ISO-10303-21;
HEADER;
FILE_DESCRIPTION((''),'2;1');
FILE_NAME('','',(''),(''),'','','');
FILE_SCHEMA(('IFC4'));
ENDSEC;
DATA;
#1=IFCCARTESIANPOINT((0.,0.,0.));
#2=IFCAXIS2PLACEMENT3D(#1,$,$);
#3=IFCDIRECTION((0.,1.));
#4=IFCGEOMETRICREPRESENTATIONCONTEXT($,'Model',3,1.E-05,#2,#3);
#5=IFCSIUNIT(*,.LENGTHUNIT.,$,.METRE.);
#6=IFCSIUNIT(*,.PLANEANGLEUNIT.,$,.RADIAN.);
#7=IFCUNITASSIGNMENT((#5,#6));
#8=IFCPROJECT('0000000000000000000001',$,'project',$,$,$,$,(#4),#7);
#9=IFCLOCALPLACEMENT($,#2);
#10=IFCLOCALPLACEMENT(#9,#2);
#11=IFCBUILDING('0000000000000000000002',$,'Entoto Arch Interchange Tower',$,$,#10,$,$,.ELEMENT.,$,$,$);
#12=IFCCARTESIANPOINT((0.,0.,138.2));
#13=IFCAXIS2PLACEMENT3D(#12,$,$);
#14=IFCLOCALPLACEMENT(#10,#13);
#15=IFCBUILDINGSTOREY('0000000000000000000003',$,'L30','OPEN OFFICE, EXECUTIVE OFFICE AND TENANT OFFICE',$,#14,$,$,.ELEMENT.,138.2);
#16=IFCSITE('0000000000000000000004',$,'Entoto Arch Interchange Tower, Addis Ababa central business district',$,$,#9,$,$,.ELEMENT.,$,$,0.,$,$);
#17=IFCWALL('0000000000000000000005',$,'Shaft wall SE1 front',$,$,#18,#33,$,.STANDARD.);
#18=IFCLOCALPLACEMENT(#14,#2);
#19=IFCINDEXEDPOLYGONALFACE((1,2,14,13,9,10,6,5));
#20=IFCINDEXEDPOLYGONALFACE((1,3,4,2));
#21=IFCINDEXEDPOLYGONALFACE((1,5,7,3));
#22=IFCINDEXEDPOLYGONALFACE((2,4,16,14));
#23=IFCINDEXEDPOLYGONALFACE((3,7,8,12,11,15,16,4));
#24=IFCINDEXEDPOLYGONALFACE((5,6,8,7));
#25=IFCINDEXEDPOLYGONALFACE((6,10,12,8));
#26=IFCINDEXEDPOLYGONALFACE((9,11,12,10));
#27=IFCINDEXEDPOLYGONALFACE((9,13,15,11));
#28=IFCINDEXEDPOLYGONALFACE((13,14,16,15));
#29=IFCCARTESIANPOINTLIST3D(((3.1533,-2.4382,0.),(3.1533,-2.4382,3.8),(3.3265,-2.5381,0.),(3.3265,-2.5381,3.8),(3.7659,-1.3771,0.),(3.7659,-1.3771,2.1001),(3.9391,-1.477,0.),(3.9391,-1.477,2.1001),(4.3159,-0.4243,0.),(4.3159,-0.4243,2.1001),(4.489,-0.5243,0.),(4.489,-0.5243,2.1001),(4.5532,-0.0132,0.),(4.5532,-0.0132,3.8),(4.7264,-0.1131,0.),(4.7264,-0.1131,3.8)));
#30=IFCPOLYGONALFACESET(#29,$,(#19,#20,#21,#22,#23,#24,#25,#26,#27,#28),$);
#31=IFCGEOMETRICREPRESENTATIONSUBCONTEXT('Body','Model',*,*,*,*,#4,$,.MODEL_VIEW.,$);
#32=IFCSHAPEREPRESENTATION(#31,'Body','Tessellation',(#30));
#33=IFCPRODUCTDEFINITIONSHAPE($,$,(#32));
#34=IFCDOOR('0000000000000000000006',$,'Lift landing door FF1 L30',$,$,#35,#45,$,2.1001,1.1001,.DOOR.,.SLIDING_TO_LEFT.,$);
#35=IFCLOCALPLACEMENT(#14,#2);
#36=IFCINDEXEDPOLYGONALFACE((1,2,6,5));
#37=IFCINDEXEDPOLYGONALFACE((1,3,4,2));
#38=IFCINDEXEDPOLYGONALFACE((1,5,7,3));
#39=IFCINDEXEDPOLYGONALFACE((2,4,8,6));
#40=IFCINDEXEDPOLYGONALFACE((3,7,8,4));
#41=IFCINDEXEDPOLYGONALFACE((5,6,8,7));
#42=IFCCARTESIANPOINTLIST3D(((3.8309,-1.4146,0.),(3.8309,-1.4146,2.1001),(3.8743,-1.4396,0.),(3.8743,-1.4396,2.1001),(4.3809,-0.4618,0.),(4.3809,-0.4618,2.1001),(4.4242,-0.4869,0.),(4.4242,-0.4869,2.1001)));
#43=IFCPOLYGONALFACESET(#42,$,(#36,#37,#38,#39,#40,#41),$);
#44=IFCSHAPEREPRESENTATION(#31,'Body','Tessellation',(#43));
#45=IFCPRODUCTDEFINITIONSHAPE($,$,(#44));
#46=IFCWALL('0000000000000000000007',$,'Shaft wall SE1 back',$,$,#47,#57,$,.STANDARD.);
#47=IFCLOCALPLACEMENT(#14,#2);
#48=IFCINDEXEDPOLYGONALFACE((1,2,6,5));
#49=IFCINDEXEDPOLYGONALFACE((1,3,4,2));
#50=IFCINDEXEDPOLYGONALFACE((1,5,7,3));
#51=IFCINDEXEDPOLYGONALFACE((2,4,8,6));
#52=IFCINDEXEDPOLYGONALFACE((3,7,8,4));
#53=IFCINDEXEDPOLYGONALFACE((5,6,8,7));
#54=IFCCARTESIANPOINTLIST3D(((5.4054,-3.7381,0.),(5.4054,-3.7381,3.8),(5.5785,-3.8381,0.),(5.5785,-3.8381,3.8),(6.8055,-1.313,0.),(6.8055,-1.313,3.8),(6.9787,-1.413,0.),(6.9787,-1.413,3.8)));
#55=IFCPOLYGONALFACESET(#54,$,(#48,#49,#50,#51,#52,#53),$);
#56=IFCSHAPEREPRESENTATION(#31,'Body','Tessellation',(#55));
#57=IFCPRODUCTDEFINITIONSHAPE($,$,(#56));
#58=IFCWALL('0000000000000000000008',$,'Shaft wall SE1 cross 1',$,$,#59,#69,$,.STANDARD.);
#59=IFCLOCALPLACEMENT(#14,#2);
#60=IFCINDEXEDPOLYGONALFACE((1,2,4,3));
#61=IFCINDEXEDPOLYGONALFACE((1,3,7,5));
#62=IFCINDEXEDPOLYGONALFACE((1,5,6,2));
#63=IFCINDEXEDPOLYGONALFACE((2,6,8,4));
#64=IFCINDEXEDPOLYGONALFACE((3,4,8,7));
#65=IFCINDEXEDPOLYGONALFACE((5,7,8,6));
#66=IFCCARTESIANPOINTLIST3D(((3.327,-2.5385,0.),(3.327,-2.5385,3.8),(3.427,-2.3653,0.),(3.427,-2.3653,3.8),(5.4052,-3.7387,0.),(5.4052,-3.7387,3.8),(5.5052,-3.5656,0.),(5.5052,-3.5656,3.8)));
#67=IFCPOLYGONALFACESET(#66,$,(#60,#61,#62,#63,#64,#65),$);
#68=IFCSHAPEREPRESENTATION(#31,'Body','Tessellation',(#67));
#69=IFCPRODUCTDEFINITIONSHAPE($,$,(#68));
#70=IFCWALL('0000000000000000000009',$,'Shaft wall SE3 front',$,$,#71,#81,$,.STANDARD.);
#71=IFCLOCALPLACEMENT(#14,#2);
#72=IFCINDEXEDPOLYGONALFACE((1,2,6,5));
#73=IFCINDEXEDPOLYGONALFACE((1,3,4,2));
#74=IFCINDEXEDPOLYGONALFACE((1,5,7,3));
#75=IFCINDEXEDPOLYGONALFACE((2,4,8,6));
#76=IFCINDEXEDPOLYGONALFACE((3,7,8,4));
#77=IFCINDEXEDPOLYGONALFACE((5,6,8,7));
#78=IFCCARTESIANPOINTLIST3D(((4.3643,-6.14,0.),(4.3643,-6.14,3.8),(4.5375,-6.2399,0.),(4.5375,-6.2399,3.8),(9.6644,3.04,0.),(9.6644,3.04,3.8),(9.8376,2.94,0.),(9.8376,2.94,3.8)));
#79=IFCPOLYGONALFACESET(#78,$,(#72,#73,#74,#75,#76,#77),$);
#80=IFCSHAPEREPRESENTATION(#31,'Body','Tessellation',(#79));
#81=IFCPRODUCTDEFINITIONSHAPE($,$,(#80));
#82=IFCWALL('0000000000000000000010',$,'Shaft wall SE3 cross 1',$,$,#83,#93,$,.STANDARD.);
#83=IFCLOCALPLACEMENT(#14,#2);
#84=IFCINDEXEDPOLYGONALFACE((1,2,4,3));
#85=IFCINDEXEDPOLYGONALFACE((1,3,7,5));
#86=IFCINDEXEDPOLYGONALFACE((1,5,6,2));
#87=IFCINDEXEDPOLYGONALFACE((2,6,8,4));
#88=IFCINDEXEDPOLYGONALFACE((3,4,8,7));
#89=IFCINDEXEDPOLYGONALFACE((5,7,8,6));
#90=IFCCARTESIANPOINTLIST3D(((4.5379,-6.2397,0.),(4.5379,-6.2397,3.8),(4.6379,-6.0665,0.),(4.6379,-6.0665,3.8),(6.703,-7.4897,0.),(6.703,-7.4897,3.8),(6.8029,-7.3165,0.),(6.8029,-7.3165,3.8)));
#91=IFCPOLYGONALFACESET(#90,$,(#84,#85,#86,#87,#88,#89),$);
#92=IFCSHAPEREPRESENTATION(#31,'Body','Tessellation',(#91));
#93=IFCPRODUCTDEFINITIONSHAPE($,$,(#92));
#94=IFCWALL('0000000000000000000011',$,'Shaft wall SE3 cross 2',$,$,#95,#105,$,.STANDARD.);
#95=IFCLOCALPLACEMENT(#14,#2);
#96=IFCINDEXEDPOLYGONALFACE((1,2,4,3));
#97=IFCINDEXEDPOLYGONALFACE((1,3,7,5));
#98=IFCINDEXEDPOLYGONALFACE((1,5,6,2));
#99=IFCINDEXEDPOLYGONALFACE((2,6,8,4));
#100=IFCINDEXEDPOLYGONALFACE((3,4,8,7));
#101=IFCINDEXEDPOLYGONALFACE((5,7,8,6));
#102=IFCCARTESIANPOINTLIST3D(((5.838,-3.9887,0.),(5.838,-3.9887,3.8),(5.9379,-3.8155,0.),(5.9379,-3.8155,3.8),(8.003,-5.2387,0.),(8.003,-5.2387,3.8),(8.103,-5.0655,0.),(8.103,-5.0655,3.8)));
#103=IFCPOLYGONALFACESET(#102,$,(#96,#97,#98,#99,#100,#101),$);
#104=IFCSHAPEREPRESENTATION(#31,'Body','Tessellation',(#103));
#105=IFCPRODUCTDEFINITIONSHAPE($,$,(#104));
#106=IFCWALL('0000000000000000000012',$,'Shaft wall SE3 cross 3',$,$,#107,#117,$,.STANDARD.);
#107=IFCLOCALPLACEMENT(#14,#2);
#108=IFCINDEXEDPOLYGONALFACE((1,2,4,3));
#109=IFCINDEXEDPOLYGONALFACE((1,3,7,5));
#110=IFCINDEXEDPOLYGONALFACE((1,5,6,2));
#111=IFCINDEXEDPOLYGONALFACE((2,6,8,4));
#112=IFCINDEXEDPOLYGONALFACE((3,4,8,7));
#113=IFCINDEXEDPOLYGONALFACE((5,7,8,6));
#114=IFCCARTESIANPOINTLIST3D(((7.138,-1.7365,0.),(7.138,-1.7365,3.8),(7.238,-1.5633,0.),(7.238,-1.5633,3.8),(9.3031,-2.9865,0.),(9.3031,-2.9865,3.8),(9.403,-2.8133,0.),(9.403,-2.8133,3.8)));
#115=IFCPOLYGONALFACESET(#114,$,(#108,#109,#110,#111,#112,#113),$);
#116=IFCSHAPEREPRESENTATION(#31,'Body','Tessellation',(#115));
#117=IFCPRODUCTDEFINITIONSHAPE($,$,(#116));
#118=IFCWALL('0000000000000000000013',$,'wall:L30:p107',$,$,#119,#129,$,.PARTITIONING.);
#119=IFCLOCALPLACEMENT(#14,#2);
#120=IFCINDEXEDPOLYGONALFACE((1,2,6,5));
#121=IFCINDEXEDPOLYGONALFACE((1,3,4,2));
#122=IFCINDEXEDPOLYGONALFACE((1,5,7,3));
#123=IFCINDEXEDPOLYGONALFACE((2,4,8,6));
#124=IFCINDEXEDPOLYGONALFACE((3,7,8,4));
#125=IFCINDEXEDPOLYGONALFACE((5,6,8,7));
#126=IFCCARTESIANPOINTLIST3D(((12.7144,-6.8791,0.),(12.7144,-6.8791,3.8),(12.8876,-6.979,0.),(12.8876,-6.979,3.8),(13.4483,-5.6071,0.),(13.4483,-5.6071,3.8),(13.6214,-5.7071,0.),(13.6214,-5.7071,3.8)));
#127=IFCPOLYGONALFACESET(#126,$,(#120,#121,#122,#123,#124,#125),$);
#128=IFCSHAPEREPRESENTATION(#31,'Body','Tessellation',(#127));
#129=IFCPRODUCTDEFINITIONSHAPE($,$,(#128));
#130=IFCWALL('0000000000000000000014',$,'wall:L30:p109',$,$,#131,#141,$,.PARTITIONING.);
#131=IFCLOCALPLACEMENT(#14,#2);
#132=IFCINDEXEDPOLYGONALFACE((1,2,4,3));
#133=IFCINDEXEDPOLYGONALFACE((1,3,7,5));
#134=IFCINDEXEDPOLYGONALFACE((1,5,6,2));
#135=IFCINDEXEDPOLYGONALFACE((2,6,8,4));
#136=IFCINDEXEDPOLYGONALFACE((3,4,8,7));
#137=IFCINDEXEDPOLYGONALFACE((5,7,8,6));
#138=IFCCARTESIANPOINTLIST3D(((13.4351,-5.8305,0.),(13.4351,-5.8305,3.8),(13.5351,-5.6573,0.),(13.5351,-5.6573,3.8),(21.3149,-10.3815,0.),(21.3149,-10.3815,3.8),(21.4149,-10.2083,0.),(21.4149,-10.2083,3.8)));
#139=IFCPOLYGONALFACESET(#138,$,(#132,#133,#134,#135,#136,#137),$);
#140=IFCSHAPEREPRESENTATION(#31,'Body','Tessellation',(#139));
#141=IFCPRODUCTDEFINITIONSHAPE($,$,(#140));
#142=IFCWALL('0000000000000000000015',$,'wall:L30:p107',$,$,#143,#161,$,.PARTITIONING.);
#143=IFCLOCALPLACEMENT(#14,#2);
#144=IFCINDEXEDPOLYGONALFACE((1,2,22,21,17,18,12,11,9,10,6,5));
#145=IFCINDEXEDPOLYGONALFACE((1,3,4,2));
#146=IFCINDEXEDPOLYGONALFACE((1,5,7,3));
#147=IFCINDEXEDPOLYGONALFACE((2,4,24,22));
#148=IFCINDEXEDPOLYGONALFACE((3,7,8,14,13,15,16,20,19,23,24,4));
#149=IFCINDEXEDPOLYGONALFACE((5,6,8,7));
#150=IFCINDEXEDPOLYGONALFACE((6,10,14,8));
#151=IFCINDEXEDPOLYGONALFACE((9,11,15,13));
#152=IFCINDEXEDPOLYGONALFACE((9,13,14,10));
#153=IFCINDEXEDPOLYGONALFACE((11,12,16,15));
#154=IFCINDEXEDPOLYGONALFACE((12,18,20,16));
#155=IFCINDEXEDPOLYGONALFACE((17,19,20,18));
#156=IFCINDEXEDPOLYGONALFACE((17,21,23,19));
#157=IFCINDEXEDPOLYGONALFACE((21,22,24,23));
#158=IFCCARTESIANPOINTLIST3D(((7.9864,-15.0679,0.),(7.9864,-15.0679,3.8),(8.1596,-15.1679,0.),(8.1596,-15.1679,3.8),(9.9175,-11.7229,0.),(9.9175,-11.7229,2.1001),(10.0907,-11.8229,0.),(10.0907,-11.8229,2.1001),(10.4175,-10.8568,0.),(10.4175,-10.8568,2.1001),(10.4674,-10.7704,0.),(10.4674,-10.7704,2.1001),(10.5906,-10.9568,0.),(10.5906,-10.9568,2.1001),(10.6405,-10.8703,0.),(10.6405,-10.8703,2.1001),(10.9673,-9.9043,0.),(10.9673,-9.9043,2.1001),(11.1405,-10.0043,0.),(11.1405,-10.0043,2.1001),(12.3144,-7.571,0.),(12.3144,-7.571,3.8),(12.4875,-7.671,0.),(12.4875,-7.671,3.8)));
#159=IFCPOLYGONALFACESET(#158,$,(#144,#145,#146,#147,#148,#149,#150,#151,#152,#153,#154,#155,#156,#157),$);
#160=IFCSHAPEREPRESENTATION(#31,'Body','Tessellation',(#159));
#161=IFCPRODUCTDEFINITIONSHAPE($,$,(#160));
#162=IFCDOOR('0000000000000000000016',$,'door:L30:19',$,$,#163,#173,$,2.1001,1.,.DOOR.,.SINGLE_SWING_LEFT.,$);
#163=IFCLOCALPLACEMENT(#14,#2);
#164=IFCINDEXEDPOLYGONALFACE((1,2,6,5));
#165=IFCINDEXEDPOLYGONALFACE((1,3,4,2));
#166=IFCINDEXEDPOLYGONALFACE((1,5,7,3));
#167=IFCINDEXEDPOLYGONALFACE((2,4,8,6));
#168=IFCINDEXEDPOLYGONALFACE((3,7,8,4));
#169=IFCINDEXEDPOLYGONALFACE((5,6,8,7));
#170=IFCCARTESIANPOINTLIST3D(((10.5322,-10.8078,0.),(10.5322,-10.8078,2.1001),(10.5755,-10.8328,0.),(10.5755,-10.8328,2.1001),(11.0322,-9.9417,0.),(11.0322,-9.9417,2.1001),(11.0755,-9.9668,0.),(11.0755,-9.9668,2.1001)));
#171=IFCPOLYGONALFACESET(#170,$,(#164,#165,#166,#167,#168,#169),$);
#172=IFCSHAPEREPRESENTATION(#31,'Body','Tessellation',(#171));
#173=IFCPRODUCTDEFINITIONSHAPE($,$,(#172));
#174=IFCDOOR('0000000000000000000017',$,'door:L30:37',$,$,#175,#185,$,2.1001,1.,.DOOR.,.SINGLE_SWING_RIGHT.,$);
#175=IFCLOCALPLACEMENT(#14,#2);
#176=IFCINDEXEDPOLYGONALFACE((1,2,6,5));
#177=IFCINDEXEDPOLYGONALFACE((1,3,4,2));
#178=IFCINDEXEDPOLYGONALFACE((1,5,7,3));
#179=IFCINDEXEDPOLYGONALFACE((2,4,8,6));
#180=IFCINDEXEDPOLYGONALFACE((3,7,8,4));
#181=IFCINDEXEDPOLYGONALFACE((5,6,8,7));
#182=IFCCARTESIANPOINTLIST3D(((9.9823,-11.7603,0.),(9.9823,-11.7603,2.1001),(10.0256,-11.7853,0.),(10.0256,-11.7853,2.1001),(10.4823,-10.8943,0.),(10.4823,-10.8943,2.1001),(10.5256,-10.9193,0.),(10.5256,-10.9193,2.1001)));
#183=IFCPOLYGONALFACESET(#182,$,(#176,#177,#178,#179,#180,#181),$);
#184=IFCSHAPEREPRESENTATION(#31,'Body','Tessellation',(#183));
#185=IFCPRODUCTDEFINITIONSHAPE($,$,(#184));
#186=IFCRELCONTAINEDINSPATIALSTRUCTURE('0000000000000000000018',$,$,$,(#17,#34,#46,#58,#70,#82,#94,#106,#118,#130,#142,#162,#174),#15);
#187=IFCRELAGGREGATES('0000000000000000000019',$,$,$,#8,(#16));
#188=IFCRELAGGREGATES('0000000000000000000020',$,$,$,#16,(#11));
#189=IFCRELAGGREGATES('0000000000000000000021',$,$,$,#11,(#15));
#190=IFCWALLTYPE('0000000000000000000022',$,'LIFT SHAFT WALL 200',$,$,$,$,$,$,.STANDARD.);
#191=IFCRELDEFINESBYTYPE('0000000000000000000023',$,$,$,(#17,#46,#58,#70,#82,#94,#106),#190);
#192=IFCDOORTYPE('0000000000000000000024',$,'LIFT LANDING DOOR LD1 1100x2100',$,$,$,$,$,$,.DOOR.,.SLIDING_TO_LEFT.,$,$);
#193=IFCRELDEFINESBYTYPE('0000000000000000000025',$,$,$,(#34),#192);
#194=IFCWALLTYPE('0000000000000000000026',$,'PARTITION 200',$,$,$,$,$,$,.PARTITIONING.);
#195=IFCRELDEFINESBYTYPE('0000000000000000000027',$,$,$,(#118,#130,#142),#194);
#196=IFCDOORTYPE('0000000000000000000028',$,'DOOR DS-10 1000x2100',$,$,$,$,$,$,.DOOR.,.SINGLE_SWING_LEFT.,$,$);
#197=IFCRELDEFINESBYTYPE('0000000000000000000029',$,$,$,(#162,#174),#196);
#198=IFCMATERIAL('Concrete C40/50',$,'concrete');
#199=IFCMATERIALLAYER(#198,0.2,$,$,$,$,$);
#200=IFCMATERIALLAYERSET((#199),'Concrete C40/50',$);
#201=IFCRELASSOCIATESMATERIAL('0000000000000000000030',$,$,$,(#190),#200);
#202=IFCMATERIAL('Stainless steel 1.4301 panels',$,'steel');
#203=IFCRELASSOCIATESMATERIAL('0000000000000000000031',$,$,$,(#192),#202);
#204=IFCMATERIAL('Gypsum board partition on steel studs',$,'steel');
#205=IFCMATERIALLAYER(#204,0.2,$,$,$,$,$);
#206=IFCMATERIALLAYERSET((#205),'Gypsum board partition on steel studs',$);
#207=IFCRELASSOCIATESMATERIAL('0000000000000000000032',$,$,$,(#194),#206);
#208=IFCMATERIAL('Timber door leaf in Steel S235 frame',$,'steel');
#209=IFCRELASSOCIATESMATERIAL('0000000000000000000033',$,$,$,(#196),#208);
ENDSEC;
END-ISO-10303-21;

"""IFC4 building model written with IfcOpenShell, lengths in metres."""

from ifc_helpers import new_model, si_unit, direction, frame, frame_2d, origin, place, context, subcontext, project, spatial, rectangle, extrude, material, layer, layer_set, type_object, element, fill, save


model = new_model("IFC4")

# Units and contexts
model_context = context("Model", 3, precision=1e-05, world=origin(), true_north=direction((0.0, 1.0)))
body_context = subcontext(model_context, "Body", "Model", "MODEL_VIEW")
ifc_project = project(units=[si_unit("LENGTHUNIT", "METRE"), si_unit("PLANEANGLEUNIT", "RADIAN")], contexts=[model_context])

# Site, building, storey
site_placement = place(None, origin())
site = spatial("IfcSite", under=ifc_project, at=site_placement, Name="Entoto Arch Interchange Tower, Addis Ababa central business district", CompositionType="ELEMENT", RefElevation=0.0)
building_placement = place(site_placement, origin())
building = spatial("IfcBuilding", under=site, at=building_placement, Name="Entoto Arch Interchange Tower", CompositionType="ELEMENT")
storey_placement = place(building_placement, frame((0.0, 0.0, 138.2)))
storey = spatial("IfcBuildingStorey", under=building, at=storey_placement, Name="L30", Description="OPEN OFFICE, EXECUTIVE OFFICE AND TENANT OFFICE", CompositionType="ELEMENT", Elevation=138.2)

# Wall, opening, door
ifc_material_1 = material(Name="Concrete C40/50", Category="concrete")
ifc_material_2 = material(Name="Stainless steel 1.4301 panels", Category="steel")
ifc_layer_1 = layer(ifc_material_1, 0.2)
ifc_layer_set_1 = layer_set([ifc_layer_1], Name="Concrete C40/50")
wall_type_1 = type_object("IfcWallType", Name="LIFT SHAFT WALL 200", PredefinedType="STANDARD", material=ifc_layer_set_1)
wall_1_placement = place(storey_placement, frame((3.24, -2.488, 0.0), z_axis=(0.0, 0.0, 1.0), x_axis=(0.499946, 0.866056, 0.0)))
wall_1 = element("IfcWall", 1, at=wall_1_placement, inside=storey, type_object=wall_type_1, Name="Shaft wall SE1 front", PredefinedType="STANDARD", context=body_context, shape_type="SweptSolid", body=[
    extrude(rectangle(XDim=2.8, YDim=0.2, at=frame_2d((1.3999, 0.0))), origin(), (0.0, 0.0, 1.0), 3.8),
])
opening_1_placement = place(wall_1_placement, frame((1.2251, 0.0, 0.0)))
opening_1 = element("IfcOpeningElement", 2, at=opening_1_placement, cuts=wall_1, PredefinedType="OPENING", context=body_context, shape_type="SweptSolid", body=[
    extrude(rectangle(XDim=1.1001, YDim=2.1001, at=frame_2d((0.55, 1.05))), frame((0.0, 0.1099, 0.0), z_axis=(0.0, -1.0, 0.0), x_axis=(1.0, 0.0, 0.0)), (0.0, 0.0, 1.0), 0.22),
])
door_type_1 = type_object("IfcDoorType", Name="LIFT LANDING DOOR LD1 1100x2100", OperationType="SLIDING_TO_LEFT", PredefinedType="DOOR", material=ifc_material_2)
door_1_placement = place(opening_1_placement, origin())
door_1 = element("IfcDoor", 3, at=door_1_placement, inside=storey, type_object=door_type_1, Name="Lift landing door FF1 L30", OperationType="SLIDING_TO_LEFT", OverallHeight=2.1001, OverallWidth=1.1001, PredefinedType="DOOR", context=body_context, shape_type="SweptSolid", body=[
    extrude(rectangle(XDim=1.1001, YDim=2.1001, at=frame_2d((0.55, 1.05))), frame((0.0, 0.0249, 0.0), z_axis=(0.0, -1.0, 0.0), x_axis=(1.0, 0.0, 0.0)), (0.0, 0.0, 1.0), 0.05),
])
fill(opening_1, door_1)

# Walls
wall_2_placement = place(storey_placement, frame((5.4919, -3.7881, 0.0), z_axis=(0.0, 0.0, 1.0), x_axis=(0.500012, 0.866019, 0.0)))
element("IfcWall", 4, at=wall_2_placement, inside=storey, type_object=wall_type_1, Name="Shaft wall SE1 back", PredefinedType="STANDARD", context=body_context, shape_type="SweptSolid", body=[
    extrude(rectangle(XDim=2.8003, YDim=0.2, at=frame_2d((1.4001, 0.0))), origin(), (0.0, 0.0, 1.0), 3.8),
])
wall_3_placement = place(storey_placement, frame((3.377, -2.4519, 0.0), z_axis=(0.0, 0.0, 1.0), x_axis=(0.865955, -0.500122, 0.0)))
element("IfcWall", 5, at=wall_3_placement, inside=storey, type_object=wall_type_1, Name="Shaft wall SE1 cross 1", PredefinedType="STANDARD", context=body_context, shape_type="SweptSolid", body=[
    extrude(rectangle(XDim=2.3999, YDim=0.2, at=frame_2d((1.2, 0.0))), origin(), (0.0, 0.0, 1.0), 3.8),
])
wall_4_placement = place(storey_placement, frame((4.4509, -6.1899, 0.0), z_axis=(0.0, 0.0, 1.0), x_axis=(0.500001, 0.866025, 0.0)))
element("IfcWall", 6, at=wall_4_placement, inside=storey, type_object=wall_type_1, Name="Shaft wall SE3 front", PredefinedType="STANDARD", context=body_context, shape_type="SweptSolid", body=[
    extrude(rectangle(XDim=10.6001, YDim=0.2, at=frame_2d((5.3, 0.0))), origin(), (0.0, 0.0, 1.0), 3.8),
])
for number, where, z_axis, x_axis, name in (
    (7, (4.5879, -6.1531, 0.0), (0.0, 0.0, 1.0), (0.866023, -0.500004, 0.0), "Shaft wall SE3 cross 1"),
    (8, (5.8879, -3.9021, 0.0), (0.0, 0.0, 1.0), (0.866023, -0.500004, 0.0), "Shaft wall SE3 cross 2"),
    (9, (7.188, -1.6499, 0.0), (0.0, 0.0, 1.0), (0.866023, -0.500004, 0.0), "Shaft wall SE3 cross 3"),
):
    element("IfcWall", number, at=place(storey_placement, frame(where, z_axis=z_axis, x_axis=x_axis)), inside=storey, type_object=wall_type_1, Name=name, PredefinedType="STANDARD", context=body_context, shape_type="SweptSolid", body=[
        extrude(rectangle(XDim=2.5, YDim=0.2, at=frame_2d((1.25, 0.0))), origin(), (0.0, 0.0, 1.0), 3.8),
    ])
ifc_material_3 = material(Name="Gypsum board partition on steel studs", Category="steel")
ifc_layer_2 = layer(ifc_material_3, 0.2)
ifc_layer_set_2 = layer_set([ifc_layer_2], Name="Gypsum board partition on steel studs")
wall_type_2 = type_object("IfcWallType", Name="PARTITION 200", PredefinedType="PARTITIONING", material=ifc_layer_set_2)
wall_5_placement = place(storey_placement, frame((13.5349, -5.657, 0.0), z_axis=(0.0, 0.0, 1.0), x_axis=(-0.499751, -0.866169, 0.0)))
element("IfcWall", 10, at=wall_5_placement, inside=storey, type_object=wall_type_2, Name="wall:L30:p107", PredefinedType="PARTITIONING", context=body_context, shape_type="SweptSolid", body=[
    extrude(rectangle(XDim=1.4685, YDim=0.2, at=frame_2d((0.7344, 0.0))), origin(), (0.0, 0.0, 1.0), 3.8),
])
wall_6_placement = place(storey_placement, frame((13.4851, -5.7439, 0.0), z_axis=(0.0, 0.0, 1.0), x_axis=(0.865951, -0.50013, 0.0)))
element("IfcWall", 11, at=wall_6_placement, inside=storey, type_object=wall_type_2, Name="wall:L30:p109", PredefinedType="PARTITIONING", context=body_context, shape_type="SweptSolid", body=[
    extrude(rectangle(XDim=9.0996, YDim=0.2, at=frame_2d((4.5498, 0.0))), origin(), (0.0, 0.0, 1.0), 3.8),
])

# Wall, openings, doors
wall_7_placement = place(storey_placement, frame((12.4009, -7.6211, 0.0), z_axis=(0.0, 0.0, 1.0), x_axis=(-0.499964, -0.866046, 0.0)))
wall_7 = element("IfcWall", 12, at=wall_7_placement, inside=storey, type_object=wall_type_2, Name="wall:L30:p107", PredefinedType="PARTITIONING", context=body_context, shape_type="SweptSolid", body=[
    extrude(rectangle(XDim=8.6565, YDim=0.2, at=frame_2d((4.3281, 0.0))), origin(), (0.0, 0.0, 1.0), 3.8),
])
opening_2_placement = place(wall_7_placement, frame((2.6941, 0.0, 0.0)))
opening_2 = element("IfcOpeningElement", 13, at=opening_2_placement, cuts=wall_7, PredefinedType="OPENING", context=body_context, shape_type="SweptSolid", body=[
    extrude(rectangle(XDim=1.0, YDim=2.1001, at=frame_2d((0.5, 1.05))), frame((0.0, 0.1099, 0.0), z_axis=(0.0, -1.0, 0.0), x_axis=(1.0, 0.0, 0.0)), (0.0, 0.0, 1.0), 0.22),
])
opening_3_placement = place(wall_7_placement, frame((3.7939, 0.0, 0.0)))
opening_3 = element("IfcOpeningElement", 14, at=opening_3_placement, cuts=wall_7, PredefinedType="OPENING", context=body_context, shape_type="SweptSolid", body=[
    extrude(rectangle(XDim=1.0, YDim=2.1001, at=frame_2d((0.5, 1.05))), frame((0.0, 0.1099, 0.0), z_axis=(0.0, -1.0, 0.0), x_axis=(1.0, 0.0, 0.0)), (0.0, 0.0, 1.0), 0.22),
])
ifc_material_4 = material(Name="Timber door leaf in Steel S235 frame", Category="steel")
door_type_2 = type_object("IfcDoorType", Name="DOOR DS-10 1000x2100", OperationType="SINGLE_SWING_LEFT", PredefinedType="DOOR", material=ifc_material_4)
door_2_placement = place(opening_2_placement, origin())
door_2 = element("IfcDoor", 15, at=door_2_placement, inside=storey, type_object=door_type_2, Name="door:L30:19", OperationType="SINGLE_SWING_LEFT", OverallHeight=2.1001, OverallWidth=1.0, PredefinedType="DOOR", context=body_context, shape_type="SweptSolid", body=[
    extrude(rectangle(XDim=1.0, YDim=2.1001, at=frame_2d((0.5, 1.05))), frame((0.0, 0.0249, 0.0), z_axis=(0.0, -1.0, 0.0), x_axis=(1.0, 0.0, 0.0)), (0.0, 0.0, 1.0), 0.05),
])
fill(opening_2, door_2)
door_3_placement = place(opening_3_placement, origin())
door_3 = element("IfcDoor", 16, at=door_3_placement, inside=storey, type_object=door_type_2, Name="door:L30:37", OperationType="SINGLE_SWING_RIGHT", OverallHeight=2.1001, OverallWidth=1.0, PredefinedType="DOOR", context=body_context, shape_type="SweptSolid", body=[
    extrude(rectangle(XDim=1.0, YDim=2.1001, at=frame_2d((0.5, 1.05))), frame((0.0, 0.0249, 0.0), z_axis=(0.0, -1.0, 0.0), x_axis=(1.0, 0.0, 0.0)), (0.0, 0.0, 1.0), 0.05),
])
fill(opening_3, door_3)

save(model, "model.ifc")
